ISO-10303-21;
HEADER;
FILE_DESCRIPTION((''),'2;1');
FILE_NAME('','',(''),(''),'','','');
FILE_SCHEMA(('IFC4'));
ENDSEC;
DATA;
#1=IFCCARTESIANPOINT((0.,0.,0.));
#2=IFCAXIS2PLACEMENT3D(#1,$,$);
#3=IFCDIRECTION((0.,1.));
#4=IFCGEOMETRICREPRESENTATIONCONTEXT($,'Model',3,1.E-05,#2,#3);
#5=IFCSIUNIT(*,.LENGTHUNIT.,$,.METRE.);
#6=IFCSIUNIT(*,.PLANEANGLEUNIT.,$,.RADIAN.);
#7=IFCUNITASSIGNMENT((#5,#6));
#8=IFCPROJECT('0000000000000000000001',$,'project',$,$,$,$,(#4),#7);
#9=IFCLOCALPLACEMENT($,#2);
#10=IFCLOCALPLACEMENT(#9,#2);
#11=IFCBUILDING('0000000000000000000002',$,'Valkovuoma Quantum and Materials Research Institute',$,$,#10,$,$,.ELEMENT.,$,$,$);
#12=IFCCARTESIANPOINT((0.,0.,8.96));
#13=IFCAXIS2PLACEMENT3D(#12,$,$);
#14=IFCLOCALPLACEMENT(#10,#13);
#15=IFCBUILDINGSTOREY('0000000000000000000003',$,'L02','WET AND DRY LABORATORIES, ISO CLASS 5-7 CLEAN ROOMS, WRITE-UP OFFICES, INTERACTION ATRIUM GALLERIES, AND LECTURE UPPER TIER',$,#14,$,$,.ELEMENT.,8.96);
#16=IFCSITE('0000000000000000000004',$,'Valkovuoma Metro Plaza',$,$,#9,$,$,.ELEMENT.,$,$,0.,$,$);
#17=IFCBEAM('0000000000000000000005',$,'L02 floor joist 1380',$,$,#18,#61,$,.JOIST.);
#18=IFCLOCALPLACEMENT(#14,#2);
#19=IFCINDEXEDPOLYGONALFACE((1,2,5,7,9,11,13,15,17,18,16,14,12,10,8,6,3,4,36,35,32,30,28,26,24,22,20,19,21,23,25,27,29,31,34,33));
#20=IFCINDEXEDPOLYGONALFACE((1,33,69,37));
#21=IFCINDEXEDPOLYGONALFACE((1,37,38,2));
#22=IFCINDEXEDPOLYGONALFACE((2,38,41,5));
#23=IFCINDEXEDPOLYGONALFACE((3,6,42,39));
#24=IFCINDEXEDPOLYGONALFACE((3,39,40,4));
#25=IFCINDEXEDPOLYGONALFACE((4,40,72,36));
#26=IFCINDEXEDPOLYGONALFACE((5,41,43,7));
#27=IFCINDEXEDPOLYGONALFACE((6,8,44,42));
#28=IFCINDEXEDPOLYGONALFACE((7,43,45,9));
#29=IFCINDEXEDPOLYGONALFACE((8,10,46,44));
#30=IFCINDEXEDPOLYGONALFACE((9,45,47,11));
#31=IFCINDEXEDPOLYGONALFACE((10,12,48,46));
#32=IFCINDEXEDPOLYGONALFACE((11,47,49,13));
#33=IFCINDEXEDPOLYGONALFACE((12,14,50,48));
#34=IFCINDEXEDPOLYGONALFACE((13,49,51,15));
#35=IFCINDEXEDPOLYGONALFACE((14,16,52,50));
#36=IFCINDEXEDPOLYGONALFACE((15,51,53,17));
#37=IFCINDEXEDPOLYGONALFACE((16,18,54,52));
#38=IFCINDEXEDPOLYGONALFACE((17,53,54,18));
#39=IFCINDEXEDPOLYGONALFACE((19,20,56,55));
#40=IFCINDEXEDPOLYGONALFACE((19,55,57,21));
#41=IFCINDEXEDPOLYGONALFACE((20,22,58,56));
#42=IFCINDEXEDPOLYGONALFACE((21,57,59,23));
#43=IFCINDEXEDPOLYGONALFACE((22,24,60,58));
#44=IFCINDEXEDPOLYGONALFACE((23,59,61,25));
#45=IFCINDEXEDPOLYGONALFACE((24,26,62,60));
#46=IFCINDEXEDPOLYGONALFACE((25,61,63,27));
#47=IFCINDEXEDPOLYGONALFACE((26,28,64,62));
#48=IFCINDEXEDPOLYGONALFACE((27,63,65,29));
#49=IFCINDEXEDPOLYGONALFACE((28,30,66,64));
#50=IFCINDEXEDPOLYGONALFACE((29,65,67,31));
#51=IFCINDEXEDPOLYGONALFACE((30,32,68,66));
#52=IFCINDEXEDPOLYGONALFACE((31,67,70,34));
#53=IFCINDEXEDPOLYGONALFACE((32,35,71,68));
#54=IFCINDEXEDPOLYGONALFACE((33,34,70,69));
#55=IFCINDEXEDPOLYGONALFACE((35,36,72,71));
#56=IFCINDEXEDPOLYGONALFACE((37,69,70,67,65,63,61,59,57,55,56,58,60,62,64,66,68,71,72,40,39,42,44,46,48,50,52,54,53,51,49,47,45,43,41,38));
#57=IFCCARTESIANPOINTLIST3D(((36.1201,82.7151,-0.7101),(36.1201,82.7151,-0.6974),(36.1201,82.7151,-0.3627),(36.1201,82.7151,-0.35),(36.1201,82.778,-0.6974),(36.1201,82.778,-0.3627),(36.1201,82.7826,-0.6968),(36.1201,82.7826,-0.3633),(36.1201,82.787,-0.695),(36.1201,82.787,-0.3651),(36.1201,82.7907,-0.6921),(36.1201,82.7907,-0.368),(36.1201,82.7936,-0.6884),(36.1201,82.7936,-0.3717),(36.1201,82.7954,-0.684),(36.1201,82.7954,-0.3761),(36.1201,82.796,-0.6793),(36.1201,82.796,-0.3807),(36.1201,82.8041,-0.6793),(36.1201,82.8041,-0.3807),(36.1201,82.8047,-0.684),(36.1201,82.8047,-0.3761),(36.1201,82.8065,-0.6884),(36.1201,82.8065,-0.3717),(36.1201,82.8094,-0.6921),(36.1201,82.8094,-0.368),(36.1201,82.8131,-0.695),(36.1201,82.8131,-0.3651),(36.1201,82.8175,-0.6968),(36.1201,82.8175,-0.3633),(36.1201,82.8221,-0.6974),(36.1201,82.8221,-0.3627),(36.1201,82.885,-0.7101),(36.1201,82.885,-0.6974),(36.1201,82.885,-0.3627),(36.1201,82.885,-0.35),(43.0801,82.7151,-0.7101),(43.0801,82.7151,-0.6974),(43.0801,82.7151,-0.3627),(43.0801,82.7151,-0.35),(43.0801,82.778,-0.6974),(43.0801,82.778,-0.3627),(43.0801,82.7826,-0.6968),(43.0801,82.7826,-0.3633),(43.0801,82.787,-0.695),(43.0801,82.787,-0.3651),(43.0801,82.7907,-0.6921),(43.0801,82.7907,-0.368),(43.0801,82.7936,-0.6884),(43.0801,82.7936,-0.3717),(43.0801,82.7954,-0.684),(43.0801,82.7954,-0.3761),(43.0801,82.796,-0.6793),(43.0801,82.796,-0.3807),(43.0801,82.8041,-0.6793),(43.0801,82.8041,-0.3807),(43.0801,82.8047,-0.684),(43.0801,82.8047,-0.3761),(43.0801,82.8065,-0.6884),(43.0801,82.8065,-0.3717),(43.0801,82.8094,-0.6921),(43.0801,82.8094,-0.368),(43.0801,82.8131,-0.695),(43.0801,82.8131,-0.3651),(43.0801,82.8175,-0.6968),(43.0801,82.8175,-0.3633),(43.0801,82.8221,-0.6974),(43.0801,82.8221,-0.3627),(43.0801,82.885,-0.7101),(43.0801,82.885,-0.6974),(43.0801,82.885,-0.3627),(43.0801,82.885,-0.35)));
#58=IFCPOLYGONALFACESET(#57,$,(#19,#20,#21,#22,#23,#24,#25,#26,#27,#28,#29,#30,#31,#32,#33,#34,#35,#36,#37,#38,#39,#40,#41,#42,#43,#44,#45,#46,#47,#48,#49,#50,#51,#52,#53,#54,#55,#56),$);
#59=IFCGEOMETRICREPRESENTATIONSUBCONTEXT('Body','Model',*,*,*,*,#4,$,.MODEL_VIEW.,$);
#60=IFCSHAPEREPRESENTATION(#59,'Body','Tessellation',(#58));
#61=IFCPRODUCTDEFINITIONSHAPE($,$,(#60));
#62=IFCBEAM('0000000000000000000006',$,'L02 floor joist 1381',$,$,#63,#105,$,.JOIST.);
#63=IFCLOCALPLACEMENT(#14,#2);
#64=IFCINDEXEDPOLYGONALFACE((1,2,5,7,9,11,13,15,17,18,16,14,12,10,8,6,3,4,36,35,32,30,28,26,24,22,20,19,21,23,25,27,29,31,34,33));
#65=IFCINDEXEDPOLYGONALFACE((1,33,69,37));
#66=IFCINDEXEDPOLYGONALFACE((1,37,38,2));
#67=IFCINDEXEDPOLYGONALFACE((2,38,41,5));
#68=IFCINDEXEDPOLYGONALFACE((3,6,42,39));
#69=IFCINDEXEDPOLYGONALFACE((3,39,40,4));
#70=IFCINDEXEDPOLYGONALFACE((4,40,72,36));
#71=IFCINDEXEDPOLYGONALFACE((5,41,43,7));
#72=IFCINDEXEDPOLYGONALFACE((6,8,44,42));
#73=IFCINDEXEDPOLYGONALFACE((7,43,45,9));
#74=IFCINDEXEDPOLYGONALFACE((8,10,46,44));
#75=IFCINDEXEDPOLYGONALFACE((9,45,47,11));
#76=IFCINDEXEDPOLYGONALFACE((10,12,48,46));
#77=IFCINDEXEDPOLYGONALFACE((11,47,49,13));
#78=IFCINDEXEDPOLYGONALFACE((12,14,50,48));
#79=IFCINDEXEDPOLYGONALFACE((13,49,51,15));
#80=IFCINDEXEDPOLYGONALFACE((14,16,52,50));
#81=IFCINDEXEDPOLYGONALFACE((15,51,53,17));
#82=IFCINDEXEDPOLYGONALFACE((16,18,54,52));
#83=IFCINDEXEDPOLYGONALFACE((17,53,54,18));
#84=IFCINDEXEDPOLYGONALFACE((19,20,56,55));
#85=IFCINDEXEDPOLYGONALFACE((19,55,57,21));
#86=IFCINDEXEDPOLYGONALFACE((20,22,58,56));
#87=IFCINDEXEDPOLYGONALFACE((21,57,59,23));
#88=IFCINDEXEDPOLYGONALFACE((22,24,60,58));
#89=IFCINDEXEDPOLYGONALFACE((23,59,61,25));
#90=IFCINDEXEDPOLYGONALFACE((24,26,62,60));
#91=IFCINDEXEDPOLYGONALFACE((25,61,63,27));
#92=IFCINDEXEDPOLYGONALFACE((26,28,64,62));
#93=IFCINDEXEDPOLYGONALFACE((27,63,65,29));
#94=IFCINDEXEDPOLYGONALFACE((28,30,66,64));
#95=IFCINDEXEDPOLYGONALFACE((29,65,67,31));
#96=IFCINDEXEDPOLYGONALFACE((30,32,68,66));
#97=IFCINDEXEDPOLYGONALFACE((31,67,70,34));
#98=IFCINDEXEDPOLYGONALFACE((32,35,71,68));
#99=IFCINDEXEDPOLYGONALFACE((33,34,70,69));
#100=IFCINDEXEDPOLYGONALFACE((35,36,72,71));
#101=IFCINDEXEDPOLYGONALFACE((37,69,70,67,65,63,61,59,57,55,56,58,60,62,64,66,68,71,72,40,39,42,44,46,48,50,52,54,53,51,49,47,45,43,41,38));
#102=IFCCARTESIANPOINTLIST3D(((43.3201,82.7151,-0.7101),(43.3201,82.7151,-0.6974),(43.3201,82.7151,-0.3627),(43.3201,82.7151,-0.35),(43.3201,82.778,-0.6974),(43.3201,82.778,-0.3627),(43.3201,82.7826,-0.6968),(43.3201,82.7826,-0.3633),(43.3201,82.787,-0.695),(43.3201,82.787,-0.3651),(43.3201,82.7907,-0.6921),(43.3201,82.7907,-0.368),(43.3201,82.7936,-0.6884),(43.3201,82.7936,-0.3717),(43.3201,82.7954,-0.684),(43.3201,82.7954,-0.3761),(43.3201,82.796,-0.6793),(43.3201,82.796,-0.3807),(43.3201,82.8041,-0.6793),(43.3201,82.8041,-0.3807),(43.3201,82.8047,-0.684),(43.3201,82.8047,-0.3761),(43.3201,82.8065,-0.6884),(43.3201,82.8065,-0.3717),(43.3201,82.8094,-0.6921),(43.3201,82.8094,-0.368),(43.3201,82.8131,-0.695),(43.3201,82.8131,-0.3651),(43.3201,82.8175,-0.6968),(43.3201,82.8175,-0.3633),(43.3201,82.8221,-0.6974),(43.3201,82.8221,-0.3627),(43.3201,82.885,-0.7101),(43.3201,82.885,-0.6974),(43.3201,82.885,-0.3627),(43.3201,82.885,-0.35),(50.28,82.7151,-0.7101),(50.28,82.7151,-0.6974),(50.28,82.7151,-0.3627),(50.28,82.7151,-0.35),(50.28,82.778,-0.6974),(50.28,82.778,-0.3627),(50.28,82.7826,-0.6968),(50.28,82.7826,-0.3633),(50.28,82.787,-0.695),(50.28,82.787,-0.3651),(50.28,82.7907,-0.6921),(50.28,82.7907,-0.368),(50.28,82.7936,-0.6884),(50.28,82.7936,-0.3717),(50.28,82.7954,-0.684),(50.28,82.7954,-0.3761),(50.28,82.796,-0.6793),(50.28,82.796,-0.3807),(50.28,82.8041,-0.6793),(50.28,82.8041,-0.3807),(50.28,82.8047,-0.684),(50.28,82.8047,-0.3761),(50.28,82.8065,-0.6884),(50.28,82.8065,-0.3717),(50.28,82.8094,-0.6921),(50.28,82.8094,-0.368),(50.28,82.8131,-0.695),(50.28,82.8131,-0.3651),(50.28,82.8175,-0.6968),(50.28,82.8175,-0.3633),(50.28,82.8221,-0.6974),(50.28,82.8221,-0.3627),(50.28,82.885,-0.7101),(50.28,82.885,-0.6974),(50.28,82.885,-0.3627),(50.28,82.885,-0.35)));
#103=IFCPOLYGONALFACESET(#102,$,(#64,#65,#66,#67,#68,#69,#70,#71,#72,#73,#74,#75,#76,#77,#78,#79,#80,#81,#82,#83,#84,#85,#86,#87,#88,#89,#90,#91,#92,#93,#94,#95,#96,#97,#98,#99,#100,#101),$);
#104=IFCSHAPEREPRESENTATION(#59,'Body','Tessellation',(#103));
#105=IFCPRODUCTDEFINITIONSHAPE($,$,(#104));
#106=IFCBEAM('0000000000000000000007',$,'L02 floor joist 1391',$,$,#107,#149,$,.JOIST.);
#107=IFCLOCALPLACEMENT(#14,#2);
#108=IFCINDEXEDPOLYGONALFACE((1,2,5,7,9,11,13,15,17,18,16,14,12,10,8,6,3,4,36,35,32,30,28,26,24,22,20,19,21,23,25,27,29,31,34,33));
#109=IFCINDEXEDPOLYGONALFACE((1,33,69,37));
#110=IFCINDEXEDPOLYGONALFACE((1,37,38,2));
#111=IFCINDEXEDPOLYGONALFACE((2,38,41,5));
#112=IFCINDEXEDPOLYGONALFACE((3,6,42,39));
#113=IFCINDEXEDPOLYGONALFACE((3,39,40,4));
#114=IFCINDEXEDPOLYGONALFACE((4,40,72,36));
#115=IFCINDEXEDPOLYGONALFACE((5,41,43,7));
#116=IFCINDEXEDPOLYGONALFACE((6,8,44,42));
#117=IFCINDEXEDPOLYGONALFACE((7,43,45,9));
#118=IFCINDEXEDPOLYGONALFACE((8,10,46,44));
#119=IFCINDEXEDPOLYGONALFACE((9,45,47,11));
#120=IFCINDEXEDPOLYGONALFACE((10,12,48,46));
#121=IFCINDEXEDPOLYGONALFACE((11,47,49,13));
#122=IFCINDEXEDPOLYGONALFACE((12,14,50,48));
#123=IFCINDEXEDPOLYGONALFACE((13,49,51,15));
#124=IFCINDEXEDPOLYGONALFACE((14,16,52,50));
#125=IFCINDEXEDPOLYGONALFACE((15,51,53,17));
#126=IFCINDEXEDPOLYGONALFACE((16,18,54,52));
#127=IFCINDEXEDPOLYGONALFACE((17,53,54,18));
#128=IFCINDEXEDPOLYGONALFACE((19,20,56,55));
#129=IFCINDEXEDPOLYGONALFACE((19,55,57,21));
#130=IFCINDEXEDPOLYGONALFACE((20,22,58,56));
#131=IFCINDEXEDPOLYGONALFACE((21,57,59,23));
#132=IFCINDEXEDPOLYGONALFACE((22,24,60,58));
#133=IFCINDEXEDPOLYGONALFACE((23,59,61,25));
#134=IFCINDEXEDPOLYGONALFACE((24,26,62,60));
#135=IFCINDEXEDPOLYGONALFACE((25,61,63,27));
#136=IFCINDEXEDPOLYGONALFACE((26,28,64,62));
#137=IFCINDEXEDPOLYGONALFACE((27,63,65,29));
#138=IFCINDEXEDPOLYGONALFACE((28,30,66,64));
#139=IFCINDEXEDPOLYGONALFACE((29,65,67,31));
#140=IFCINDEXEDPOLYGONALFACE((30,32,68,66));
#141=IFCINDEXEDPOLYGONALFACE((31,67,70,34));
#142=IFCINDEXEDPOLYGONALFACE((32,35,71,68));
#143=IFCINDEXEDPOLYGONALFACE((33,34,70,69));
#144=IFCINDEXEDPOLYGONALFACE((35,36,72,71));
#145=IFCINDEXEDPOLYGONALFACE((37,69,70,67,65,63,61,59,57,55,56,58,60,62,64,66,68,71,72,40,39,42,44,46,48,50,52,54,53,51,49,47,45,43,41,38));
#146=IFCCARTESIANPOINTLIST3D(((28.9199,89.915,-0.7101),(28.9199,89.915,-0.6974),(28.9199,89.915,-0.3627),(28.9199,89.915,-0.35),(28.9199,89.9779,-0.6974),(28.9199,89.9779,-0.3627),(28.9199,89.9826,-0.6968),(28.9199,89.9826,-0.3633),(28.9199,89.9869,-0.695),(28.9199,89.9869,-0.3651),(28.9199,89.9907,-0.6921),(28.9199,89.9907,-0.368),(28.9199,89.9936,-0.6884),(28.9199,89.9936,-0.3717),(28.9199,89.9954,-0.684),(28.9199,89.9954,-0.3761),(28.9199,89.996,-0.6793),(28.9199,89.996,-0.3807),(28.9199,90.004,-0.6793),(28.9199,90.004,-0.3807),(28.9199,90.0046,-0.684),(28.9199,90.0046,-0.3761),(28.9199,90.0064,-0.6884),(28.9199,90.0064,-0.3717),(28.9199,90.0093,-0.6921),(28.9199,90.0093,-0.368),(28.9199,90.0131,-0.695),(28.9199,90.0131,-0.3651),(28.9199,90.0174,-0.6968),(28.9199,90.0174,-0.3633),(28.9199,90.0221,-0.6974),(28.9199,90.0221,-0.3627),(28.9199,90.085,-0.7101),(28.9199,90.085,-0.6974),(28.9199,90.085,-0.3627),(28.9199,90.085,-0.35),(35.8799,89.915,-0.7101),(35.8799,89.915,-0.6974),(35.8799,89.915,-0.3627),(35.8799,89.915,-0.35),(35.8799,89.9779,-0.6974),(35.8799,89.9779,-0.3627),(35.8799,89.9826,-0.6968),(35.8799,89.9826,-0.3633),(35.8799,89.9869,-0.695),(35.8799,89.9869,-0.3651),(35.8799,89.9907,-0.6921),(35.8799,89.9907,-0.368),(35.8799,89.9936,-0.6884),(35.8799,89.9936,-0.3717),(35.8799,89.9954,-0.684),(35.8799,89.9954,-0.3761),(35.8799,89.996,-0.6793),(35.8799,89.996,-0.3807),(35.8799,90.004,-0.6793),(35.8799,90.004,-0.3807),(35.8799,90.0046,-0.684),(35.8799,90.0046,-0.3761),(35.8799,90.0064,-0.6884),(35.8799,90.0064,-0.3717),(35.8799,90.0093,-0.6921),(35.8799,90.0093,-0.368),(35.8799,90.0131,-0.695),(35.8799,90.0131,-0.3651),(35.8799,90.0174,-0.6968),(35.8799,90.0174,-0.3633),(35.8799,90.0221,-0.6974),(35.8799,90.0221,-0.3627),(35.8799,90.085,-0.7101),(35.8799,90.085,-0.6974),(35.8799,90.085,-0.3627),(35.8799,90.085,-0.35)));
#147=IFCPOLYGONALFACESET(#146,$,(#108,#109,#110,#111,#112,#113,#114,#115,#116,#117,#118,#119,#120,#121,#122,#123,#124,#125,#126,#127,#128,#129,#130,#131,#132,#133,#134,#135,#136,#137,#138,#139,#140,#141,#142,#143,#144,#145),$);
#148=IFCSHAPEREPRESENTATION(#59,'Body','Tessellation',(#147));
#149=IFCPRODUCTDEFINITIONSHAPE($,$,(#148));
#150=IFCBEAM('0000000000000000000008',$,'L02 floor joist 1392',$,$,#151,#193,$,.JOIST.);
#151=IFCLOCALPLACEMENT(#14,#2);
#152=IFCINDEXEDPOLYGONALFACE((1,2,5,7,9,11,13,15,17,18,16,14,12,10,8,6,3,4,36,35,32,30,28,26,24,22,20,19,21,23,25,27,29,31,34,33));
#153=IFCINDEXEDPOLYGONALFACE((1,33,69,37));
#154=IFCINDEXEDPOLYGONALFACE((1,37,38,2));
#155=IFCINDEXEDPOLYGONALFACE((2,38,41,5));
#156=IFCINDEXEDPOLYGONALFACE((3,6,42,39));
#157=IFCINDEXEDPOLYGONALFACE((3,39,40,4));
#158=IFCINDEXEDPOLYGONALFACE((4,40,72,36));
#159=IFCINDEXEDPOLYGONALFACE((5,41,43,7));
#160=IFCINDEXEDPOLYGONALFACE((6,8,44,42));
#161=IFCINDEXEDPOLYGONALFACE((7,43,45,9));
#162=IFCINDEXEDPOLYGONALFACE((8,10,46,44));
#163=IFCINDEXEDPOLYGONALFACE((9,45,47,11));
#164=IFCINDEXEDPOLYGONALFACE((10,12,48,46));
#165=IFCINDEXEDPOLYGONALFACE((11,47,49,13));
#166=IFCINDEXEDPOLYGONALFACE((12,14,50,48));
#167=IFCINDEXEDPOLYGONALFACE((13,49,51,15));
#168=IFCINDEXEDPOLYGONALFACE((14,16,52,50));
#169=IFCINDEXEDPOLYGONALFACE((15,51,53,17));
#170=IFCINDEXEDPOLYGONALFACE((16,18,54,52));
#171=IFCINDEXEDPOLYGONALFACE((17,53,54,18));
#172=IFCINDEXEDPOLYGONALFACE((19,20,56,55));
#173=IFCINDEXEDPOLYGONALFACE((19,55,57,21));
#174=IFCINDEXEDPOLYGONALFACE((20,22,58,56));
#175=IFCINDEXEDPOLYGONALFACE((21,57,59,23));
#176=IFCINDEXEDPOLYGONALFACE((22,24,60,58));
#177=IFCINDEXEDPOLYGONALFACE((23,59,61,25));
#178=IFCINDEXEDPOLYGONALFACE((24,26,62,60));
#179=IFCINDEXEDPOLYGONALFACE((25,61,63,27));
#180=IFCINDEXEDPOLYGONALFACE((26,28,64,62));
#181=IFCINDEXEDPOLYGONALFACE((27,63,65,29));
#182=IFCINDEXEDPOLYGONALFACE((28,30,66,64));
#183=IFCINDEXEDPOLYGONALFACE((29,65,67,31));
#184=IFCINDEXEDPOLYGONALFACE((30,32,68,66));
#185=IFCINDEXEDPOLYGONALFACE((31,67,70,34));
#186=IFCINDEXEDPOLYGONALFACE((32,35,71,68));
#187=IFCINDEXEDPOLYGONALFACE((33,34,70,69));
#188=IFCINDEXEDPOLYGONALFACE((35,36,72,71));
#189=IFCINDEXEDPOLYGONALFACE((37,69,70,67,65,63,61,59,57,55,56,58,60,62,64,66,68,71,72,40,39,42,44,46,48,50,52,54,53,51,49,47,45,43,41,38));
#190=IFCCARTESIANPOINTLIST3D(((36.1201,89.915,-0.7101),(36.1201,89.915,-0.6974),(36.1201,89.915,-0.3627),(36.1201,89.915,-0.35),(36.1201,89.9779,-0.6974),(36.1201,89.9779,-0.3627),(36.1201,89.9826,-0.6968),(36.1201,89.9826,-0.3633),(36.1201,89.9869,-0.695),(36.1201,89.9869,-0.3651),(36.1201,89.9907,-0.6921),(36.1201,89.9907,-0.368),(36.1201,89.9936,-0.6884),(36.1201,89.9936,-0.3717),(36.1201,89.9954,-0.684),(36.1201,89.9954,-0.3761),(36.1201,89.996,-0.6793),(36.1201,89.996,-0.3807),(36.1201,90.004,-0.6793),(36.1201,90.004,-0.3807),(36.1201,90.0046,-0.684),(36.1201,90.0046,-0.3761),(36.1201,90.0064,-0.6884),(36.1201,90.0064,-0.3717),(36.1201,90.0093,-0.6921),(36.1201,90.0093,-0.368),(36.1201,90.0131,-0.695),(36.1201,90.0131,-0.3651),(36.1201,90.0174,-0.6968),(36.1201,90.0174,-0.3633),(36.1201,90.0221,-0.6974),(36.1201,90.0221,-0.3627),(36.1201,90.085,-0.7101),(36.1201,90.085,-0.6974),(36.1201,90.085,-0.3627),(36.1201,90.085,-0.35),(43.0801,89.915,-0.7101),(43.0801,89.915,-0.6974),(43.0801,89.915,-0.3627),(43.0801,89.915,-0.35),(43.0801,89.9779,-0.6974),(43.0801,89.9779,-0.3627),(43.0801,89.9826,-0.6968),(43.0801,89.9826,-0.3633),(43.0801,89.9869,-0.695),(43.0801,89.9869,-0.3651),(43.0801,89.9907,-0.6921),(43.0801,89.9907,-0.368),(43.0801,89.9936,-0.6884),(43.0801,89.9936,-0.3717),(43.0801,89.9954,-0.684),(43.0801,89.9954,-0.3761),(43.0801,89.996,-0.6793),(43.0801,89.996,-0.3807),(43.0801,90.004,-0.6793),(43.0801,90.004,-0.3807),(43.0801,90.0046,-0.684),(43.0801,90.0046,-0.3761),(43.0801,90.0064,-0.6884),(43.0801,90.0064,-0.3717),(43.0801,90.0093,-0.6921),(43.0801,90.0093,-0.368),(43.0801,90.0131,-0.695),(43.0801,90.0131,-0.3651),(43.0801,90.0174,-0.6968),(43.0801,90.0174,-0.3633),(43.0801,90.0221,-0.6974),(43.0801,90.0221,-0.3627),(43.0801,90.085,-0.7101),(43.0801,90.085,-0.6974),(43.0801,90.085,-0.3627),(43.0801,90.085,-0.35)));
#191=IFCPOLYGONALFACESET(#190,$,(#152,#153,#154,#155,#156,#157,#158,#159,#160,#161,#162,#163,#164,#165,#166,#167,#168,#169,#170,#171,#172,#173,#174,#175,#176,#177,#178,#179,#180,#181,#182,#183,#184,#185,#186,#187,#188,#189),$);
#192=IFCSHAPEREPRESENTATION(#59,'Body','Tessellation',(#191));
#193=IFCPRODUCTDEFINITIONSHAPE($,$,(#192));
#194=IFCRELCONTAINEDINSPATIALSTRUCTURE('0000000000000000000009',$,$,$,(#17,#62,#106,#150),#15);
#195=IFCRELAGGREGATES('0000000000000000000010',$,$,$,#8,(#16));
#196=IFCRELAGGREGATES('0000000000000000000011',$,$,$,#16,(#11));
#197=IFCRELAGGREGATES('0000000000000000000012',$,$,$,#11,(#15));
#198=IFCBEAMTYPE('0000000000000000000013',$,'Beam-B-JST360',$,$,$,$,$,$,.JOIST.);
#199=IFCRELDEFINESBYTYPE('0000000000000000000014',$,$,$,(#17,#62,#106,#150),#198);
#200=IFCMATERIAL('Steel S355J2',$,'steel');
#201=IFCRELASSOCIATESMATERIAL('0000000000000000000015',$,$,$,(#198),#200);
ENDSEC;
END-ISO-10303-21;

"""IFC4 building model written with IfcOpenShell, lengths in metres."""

from ifc_helpers import new_model, si_unit, direction, frame, origin, origin_2d, place, context, subcontext, project, spatial, i_section, extrude, material, material_profile, profile_set, type_object, element, save


model = new_model("IFC4")

# Units and contexts
model_context = context("Model", 3, precision=1e-05, world=origin(), true_north=direction((0.0, 1.0)))
body_context = subcontext(model_context, "Body", "Model", "MODEL_VIEW")
ifc_project = project(units=[si_unit("LENGTHUNIT", "METRE"), si_unit("PLANEANGLEUNIT", "RADIAN")], contexts=[model_context])

# Site, building, storey
site_placement = place(None, origin())
site = spatial("IfcSite", under=ifc_project, at=site_placement, Name="Valkovuoma Metro Plaza", CompositionType="ELEMENT", RefElevation=0.0)
building_placement = place(site_placement, origin())
building = spatial("IfcBuilding", under=site, at=building_placement, Name="Valkovuoma Quantum and Materials Research Institute", CompositionType="ELEMENT")
storey_placement = place(building_placement, frame((0.0, 0.0, 8.96)))
storey = spatial("IfcBuildingStorey", under=building, at=storey_placement, Name="L02", Description="WET AND DRY LABORATORIES, ISO CLASS 5-7 CLEAN ROOMS, WRITE-UP OFFICES, INTERACTION ATRIUM GALLERIES, AND LECTURE UPPER TIER", CompositionType="ELEMENT", Elevation=8.96)

# Beams
ifc_material_1 = material(Name="Steel S355J2", Category="steel")
ifc_material_profile_1 = material_profile(ifc_material_1, i_section(OverallWidth=0.1699, OverallDepth=0.3601, WebThickness=0.0081, FlangeThickness=0.0127, FilletRadius=0.0181, at=origin_2d()), Name="Steel S355J2")
ifc_profile_set_1 = profile_set([ifc_material_profile_1], Name="Steel S355J2")
beam_type_1 = type_object("IfcBeamType", Name="Beam-B-JST360", PredefinedType="JOIST", material=ifc_profile_set_1)
for number, where, z_axis, x_axis, name in (
    (1, (36.1201, 82.8, -0.53), (1.0, 0.0, 0.0), (0.0, 1.0, 0.0), "L02 floor joist 1380"),
    (2, (43.3201, 82.8, -0.53), (1.0, 0.0, 0.0), (0.0, 1.0, 0.0), "L02 floor joist 1381"),
    (3, (28.9199, 90.0, -0.53), (1.0, 0.0, 0.0), (0.0, 1.0, 0.0), "L02 floor joist 1391"),
    (4, (36.1201, 90.0, -0.53), (1.0, 0.0, 0.0), (0.0, 1.0, 0.0), "L02 floor joist 1392"),
):
    element("IfcBeam", number, at=place(storey_placement, frame(where, z_axis=z_axis, x_axis=x_axis)), inside=storey, type_object=beam_type_1, Name=name, PredefinedType="JOIST", context=body_context, shape_type="SweptSolid", body=[
        extrude(i_section(OverallWidth=0.1699, OverallDepth=0.3601, WebThickness=0.0081, FlangeThickness=0.0127, FilletRadius=0.0181, at=origin_2d()), origin(), (0.0, 0.0, 1.0), 6.96),
    ])

save(model, "model.ifc")
